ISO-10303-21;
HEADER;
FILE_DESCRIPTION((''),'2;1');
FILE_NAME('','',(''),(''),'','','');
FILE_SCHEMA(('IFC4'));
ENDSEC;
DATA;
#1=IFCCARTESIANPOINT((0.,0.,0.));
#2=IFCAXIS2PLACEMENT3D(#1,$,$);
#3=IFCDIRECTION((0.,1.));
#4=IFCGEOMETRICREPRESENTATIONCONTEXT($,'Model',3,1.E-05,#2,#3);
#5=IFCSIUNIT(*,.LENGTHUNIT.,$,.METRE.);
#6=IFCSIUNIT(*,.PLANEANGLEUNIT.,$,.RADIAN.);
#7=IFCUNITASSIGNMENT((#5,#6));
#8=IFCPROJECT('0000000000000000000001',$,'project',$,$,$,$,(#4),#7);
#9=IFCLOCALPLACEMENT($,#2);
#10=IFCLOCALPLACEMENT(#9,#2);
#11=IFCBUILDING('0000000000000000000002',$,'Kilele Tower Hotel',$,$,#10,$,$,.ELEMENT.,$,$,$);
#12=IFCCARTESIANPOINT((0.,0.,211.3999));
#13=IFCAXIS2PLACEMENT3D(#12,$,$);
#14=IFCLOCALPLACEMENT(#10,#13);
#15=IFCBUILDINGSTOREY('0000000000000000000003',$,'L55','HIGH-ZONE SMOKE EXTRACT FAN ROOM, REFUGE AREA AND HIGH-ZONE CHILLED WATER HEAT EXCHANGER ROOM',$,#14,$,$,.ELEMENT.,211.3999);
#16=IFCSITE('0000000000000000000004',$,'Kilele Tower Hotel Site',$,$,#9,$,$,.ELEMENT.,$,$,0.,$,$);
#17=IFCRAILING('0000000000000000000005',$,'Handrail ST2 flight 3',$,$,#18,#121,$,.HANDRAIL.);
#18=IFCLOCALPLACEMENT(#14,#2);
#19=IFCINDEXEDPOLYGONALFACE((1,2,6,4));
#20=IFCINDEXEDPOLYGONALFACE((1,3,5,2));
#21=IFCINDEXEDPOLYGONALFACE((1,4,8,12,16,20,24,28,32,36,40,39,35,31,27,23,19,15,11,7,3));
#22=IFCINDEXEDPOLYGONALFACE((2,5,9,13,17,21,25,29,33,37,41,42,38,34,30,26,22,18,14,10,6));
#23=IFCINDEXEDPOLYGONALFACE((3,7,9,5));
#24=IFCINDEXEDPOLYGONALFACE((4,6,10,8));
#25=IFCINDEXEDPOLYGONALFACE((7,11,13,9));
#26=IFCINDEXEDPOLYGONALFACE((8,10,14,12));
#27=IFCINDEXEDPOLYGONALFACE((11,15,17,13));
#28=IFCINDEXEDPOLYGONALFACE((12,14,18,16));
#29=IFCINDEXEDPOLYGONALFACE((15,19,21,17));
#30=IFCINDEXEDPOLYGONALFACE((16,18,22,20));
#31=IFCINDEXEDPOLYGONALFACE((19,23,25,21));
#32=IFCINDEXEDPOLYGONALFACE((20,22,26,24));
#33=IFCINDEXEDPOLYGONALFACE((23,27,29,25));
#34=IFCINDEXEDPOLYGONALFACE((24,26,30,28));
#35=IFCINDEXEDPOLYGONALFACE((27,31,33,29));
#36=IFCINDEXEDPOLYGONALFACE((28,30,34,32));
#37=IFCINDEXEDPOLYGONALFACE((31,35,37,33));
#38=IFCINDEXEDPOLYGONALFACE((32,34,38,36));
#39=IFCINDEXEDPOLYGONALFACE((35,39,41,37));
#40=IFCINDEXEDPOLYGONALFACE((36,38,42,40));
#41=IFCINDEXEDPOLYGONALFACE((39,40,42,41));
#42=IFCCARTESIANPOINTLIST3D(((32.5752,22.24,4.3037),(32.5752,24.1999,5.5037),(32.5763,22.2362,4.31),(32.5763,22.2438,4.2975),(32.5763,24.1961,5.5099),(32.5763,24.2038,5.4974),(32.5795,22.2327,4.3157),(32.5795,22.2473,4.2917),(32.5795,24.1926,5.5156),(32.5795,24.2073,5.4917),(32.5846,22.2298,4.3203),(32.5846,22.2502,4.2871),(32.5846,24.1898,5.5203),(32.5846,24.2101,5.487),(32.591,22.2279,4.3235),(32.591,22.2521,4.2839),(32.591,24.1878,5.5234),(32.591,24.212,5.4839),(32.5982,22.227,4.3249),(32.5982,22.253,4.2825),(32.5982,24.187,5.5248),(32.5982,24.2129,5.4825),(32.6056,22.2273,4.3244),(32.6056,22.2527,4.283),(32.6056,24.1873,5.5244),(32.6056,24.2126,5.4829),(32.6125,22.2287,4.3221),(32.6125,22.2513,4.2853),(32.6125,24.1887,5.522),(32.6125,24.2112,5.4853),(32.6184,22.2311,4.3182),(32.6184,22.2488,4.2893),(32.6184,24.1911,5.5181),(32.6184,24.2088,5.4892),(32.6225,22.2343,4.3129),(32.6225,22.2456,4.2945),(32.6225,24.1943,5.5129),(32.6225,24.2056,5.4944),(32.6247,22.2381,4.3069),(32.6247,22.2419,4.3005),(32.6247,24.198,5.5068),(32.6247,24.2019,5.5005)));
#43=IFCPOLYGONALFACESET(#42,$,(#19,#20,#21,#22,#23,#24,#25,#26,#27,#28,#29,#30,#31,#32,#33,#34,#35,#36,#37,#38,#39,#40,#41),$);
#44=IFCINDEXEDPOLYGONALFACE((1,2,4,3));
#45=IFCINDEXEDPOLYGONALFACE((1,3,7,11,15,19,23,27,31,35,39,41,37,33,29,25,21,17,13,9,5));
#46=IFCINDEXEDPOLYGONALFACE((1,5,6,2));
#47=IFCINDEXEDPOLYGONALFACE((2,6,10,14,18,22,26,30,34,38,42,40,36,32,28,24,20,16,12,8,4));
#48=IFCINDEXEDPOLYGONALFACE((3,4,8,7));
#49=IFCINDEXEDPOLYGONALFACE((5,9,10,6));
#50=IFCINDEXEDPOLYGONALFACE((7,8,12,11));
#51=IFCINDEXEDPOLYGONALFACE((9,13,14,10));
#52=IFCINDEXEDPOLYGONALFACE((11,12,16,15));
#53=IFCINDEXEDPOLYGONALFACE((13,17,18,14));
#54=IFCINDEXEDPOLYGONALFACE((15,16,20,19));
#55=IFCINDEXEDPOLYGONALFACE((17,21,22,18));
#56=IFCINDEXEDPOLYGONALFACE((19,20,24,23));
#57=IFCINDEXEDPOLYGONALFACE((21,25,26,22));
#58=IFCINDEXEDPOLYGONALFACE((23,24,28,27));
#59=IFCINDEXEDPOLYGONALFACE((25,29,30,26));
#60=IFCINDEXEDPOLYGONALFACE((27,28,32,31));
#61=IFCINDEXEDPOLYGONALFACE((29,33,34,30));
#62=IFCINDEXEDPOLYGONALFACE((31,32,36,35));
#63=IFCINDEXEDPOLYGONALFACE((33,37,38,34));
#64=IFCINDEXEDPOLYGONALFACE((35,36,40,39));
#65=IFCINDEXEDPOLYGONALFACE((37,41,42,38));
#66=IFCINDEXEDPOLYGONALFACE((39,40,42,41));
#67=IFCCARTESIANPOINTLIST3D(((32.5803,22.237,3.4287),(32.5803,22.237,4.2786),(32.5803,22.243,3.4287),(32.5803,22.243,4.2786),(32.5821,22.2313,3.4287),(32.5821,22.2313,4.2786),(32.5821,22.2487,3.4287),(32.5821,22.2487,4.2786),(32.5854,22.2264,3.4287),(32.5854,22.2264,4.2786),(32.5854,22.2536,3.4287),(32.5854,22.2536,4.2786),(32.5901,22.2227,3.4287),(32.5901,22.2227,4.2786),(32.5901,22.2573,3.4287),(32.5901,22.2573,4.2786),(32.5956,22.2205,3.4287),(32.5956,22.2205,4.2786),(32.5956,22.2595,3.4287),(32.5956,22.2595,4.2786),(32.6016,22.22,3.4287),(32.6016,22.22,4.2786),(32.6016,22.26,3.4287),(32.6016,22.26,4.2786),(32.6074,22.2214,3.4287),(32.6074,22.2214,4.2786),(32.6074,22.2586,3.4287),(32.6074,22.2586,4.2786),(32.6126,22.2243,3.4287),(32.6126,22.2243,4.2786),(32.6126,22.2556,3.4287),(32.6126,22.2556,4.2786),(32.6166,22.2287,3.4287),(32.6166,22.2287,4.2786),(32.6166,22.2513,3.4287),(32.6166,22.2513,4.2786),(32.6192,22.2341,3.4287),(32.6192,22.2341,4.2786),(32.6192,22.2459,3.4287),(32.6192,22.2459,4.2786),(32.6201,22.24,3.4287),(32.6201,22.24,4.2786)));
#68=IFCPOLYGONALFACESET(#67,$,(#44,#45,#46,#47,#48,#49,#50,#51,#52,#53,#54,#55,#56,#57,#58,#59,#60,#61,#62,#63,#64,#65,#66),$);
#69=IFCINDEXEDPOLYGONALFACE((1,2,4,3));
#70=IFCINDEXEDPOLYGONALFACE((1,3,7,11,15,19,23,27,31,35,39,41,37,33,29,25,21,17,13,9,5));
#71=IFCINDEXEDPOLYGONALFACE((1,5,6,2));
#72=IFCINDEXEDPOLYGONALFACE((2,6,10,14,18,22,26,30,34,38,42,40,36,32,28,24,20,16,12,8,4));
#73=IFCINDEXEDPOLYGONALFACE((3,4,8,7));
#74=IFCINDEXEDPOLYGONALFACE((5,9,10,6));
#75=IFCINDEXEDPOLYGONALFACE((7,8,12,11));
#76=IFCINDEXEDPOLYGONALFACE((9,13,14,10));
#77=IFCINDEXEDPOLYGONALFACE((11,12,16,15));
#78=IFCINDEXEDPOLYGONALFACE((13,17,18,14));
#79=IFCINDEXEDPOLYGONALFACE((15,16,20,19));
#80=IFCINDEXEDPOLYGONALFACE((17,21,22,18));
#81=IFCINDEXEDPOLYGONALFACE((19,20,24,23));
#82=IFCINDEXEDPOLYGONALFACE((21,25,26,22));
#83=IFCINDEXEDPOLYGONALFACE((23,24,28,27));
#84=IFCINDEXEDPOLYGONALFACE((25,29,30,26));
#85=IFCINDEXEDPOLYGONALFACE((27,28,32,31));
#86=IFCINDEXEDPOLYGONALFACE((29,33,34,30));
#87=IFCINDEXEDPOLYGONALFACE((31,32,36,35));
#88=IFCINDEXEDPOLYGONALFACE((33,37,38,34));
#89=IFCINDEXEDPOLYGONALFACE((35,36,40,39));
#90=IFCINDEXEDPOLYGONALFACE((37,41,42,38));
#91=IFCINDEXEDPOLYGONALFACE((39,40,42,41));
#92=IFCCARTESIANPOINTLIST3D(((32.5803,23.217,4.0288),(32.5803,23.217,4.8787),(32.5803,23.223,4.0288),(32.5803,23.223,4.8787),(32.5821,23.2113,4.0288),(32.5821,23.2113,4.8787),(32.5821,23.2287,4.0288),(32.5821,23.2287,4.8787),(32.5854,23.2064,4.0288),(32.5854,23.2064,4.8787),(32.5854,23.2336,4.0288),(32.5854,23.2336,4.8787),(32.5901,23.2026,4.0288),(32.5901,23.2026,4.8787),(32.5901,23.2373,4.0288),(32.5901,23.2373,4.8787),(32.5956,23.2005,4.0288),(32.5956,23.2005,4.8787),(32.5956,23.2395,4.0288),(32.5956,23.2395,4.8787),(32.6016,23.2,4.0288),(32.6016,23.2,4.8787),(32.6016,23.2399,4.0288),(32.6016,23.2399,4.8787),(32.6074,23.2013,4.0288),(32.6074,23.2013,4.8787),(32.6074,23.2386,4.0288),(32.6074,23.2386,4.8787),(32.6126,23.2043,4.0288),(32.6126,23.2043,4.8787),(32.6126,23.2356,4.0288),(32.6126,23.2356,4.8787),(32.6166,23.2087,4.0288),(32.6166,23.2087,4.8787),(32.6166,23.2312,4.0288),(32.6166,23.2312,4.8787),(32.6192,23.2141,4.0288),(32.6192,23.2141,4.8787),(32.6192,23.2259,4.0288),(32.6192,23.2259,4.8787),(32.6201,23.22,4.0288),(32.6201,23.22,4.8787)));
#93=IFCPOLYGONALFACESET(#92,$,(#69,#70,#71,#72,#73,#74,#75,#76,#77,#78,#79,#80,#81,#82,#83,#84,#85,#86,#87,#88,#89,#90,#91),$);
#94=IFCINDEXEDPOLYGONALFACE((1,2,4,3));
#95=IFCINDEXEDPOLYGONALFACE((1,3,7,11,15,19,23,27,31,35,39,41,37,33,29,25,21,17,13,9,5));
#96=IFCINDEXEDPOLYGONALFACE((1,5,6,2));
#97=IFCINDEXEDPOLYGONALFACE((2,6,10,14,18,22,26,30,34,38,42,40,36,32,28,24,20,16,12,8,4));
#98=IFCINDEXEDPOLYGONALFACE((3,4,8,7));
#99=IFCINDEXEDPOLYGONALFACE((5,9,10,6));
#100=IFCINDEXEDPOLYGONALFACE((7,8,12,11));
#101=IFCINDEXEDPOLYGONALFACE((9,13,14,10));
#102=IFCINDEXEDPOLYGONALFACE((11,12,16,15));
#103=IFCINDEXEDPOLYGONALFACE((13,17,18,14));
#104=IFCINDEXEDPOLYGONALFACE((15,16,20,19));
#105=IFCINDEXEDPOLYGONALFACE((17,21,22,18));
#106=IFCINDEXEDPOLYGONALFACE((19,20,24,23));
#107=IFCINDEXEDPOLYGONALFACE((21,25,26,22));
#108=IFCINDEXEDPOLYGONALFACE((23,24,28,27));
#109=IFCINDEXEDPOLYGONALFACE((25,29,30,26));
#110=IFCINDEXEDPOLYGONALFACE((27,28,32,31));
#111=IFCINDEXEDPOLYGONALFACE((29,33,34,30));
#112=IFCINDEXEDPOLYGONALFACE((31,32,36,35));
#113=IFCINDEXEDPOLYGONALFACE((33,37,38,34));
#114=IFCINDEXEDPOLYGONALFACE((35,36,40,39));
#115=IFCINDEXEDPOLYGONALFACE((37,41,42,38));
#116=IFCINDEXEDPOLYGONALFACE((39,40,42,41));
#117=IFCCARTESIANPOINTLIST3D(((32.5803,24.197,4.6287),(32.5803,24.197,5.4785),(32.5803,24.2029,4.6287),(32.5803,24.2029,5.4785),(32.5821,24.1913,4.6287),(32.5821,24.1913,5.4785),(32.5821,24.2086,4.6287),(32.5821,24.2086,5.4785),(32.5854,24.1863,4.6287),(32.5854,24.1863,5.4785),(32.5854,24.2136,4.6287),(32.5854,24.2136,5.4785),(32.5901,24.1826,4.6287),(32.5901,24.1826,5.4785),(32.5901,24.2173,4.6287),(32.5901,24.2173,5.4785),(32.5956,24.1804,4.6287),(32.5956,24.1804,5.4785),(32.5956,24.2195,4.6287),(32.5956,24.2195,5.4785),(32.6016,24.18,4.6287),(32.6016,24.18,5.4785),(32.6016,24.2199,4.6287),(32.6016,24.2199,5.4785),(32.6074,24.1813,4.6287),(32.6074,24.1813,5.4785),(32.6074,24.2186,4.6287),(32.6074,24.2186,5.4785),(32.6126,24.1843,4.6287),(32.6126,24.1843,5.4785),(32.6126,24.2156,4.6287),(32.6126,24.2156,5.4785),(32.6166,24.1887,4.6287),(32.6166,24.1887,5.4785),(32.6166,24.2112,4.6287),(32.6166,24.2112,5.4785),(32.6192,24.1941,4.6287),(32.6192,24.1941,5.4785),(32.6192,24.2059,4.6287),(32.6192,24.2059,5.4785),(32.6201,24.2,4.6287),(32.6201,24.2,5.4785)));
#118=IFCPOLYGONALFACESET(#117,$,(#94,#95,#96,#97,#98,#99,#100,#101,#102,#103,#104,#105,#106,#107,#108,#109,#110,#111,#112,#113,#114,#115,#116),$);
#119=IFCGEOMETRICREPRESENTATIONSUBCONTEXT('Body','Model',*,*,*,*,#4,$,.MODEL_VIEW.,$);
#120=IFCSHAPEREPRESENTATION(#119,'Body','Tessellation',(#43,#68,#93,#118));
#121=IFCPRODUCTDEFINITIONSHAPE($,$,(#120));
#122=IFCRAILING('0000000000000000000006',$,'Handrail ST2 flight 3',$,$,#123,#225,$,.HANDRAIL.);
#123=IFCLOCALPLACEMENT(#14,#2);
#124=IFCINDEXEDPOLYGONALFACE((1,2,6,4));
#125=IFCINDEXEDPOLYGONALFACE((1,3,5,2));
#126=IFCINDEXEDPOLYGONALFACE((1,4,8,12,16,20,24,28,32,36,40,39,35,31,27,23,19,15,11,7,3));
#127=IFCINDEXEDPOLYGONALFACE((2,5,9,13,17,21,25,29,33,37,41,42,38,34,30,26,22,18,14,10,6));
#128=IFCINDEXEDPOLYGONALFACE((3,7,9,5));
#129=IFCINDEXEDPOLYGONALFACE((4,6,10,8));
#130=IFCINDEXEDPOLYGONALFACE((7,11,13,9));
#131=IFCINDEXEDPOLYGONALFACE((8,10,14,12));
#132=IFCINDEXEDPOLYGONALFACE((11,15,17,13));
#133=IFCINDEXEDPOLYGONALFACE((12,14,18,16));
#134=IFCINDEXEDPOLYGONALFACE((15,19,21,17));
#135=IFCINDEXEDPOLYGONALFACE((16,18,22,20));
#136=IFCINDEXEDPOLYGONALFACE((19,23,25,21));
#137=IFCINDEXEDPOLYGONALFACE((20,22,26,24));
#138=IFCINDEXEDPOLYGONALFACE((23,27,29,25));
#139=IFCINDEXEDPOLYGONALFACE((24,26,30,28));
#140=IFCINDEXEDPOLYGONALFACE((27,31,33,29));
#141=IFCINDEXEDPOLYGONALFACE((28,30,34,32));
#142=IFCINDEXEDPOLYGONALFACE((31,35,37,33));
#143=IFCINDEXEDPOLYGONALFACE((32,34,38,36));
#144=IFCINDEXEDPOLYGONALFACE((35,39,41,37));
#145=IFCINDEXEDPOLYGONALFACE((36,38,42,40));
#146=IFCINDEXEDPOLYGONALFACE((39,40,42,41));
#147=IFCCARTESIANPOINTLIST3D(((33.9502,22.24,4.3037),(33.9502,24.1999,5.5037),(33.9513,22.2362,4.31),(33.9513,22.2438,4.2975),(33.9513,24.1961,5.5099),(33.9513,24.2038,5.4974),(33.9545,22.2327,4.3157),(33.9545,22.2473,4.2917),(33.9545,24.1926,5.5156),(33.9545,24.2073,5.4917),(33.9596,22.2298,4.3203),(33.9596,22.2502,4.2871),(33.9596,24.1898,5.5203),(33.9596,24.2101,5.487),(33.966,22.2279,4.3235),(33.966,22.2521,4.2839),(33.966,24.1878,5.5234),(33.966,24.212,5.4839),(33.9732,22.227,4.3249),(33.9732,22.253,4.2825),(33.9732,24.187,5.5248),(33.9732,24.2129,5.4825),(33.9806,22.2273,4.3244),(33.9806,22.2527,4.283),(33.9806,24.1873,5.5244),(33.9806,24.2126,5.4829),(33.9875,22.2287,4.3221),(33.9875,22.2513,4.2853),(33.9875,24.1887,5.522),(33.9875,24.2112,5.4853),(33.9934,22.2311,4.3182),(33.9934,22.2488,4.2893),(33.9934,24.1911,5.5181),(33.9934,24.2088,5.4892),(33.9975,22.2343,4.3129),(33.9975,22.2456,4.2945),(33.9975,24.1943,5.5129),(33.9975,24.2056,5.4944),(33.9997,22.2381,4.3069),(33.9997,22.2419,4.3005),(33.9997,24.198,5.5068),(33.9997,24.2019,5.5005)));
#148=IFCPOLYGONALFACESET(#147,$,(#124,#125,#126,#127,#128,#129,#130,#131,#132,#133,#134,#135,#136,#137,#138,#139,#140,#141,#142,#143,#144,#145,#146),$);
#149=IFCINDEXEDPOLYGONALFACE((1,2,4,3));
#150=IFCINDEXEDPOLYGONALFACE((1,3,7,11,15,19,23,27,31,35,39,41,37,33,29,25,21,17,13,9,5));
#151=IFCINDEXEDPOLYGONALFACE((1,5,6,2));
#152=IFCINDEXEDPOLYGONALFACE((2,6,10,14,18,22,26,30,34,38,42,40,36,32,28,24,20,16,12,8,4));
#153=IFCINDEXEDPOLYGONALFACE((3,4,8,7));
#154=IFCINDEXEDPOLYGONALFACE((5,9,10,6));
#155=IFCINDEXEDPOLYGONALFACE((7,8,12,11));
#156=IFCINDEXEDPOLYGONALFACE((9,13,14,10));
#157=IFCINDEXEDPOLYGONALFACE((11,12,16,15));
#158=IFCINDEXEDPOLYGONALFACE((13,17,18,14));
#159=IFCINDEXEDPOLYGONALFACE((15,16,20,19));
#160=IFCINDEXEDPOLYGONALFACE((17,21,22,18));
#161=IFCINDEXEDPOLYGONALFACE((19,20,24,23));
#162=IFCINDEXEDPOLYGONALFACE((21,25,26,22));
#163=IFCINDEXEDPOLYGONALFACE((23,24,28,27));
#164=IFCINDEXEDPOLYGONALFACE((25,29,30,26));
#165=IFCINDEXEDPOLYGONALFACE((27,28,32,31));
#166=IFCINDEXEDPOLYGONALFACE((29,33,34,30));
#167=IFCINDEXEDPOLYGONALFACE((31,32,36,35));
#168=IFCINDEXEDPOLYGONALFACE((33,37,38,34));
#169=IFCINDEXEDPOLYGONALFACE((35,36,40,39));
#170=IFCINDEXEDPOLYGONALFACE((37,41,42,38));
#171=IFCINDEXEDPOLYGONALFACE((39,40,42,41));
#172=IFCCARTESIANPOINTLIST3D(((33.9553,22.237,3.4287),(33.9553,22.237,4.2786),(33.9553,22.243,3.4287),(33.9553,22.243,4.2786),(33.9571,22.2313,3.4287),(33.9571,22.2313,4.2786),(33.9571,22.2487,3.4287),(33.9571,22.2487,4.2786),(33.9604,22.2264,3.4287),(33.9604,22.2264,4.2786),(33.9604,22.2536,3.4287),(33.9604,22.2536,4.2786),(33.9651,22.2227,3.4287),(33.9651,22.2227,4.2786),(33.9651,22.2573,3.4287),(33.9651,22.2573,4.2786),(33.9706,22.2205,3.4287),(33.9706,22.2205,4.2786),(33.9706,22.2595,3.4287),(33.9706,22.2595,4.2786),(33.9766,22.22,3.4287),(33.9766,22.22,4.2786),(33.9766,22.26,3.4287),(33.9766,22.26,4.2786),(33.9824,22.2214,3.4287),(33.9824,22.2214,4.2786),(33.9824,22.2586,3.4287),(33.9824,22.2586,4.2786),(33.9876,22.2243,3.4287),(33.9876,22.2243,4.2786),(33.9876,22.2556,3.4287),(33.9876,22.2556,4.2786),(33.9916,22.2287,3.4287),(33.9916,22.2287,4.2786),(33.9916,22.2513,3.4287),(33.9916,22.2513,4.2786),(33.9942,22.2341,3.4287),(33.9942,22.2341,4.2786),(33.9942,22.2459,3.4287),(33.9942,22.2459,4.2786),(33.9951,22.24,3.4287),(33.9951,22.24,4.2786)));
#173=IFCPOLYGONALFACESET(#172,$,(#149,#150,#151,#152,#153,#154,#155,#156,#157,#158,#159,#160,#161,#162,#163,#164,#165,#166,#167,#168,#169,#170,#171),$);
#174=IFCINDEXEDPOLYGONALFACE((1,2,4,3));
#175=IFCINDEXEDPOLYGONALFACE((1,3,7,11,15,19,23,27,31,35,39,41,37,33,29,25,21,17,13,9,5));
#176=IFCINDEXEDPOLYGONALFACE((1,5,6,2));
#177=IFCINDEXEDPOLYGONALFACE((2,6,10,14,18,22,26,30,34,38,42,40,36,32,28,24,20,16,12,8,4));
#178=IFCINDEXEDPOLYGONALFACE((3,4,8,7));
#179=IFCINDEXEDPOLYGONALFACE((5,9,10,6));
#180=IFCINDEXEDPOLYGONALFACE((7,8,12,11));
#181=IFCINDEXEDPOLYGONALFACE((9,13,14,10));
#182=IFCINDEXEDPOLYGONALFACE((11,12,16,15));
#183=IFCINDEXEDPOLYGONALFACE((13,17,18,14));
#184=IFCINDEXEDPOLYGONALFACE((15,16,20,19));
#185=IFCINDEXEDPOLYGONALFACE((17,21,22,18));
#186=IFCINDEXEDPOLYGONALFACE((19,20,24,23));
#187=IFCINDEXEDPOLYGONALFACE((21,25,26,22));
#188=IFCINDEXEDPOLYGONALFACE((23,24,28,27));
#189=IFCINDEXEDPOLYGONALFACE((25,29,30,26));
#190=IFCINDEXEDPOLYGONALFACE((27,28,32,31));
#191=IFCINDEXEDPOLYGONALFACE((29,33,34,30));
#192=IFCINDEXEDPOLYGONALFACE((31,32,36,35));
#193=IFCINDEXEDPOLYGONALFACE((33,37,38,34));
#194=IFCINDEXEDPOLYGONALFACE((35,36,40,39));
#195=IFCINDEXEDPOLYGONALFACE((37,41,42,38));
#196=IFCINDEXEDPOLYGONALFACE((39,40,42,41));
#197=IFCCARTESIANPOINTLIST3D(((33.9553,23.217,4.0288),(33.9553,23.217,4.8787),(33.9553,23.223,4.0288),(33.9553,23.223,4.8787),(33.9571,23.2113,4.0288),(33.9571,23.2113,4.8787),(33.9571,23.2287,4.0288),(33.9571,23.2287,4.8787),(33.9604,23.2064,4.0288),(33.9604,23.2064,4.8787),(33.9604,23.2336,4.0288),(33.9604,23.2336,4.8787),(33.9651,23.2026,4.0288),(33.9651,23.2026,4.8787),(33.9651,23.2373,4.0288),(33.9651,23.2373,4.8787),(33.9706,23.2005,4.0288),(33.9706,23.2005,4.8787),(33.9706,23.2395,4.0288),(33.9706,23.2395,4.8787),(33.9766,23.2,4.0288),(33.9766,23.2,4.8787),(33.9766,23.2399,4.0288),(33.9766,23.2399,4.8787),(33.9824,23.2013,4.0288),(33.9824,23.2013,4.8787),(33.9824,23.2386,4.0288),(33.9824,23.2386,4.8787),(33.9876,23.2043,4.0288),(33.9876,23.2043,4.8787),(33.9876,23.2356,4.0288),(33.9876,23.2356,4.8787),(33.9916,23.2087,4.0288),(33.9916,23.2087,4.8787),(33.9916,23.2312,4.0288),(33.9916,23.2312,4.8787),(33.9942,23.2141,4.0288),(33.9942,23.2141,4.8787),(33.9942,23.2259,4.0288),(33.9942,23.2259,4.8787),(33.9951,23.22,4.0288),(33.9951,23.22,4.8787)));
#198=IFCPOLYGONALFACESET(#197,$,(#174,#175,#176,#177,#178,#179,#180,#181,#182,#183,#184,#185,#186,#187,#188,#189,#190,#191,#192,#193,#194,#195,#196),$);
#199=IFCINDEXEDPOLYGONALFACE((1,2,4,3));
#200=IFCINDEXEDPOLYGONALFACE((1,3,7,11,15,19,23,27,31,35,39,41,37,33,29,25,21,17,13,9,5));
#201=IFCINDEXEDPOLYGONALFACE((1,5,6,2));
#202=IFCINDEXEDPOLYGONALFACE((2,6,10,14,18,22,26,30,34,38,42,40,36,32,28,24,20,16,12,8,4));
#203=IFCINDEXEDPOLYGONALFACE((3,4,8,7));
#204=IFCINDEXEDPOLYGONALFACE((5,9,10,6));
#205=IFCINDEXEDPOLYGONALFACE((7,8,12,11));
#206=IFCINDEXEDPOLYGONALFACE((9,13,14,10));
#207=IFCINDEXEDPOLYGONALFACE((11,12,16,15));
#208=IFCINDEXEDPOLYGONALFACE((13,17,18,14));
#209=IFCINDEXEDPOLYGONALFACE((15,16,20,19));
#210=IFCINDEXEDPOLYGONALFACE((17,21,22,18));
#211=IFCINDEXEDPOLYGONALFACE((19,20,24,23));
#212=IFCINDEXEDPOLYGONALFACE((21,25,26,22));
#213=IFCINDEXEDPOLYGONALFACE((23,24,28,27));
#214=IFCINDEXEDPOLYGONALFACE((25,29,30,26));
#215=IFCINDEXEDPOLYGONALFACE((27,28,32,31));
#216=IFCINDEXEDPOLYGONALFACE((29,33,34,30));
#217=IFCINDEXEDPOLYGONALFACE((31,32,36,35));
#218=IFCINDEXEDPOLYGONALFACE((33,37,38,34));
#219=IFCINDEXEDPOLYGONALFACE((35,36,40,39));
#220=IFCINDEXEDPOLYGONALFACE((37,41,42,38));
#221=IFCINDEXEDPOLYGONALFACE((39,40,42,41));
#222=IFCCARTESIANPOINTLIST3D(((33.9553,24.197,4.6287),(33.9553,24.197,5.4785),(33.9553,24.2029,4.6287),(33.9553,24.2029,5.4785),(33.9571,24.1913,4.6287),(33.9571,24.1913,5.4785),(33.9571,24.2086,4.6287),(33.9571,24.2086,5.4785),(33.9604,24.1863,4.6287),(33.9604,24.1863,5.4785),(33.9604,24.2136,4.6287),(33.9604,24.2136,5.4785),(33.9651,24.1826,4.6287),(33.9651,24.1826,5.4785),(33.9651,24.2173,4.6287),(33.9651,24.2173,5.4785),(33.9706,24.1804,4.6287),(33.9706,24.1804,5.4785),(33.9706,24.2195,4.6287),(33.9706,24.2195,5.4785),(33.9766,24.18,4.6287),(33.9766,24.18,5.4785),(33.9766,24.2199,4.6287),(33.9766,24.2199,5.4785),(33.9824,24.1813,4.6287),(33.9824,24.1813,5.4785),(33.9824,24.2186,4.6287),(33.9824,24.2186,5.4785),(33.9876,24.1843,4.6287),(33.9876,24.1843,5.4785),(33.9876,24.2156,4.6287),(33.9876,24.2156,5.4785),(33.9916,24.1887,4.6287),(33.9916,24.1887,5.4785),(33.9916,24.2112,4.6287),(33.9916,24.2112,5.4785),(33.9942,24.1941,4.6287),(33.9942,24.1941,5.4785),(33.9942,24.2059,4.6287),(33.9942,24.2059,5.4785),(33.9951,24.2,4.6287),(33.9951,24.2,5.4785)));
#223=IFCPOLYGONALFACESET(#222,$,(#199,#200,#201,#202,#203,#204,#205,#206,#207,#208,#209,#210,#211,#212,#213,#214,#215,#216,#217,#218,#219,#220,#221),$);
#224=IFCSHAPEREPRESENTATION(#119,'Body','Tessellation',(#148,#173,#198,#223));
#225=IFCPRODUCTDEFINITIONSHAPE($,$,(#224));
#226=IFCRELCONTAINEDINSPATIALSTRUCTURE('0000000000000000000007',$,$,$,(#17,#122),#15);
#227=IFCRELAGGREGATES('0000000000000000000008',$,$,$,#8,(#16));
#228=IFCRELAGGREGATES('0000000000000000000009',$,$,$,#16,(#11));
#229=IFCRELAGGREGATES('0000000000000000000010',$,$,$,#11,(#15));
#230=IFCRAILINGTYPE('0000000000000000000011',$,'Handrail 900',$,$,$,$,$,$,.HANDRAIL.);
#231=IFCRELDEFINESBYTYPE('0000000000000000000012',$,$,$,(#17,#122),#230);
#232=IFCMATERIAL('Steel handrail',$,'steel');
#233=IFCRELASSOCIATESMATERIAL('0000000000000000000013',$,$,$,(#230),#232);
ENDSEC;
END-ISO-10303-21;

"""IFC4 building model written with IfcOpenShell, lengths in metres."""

from ifc_helpers import new_model, si_unit, direction, frame, origin, origin_2d, place, context, subcontext, project, spatial, circle, extrude, material, type_object, element, save


model = new_model("IFC4")

# Units and contexts
model_context = context("Model", 3, precision=1e-05, world=origin(), true_north=direction((0.0, 1.0)))
body_context = subcontext(model_context, "Body", "Model", "MODEL_VIEW")
ifc_project = project(units=[si_unit("LENGTHUNIT", "METRE"), si_unit("PLANEANGLEUNIT", "RADIAN")], contexts=[model_context])

# Site, building, storey
site_placement = place(None, origin())
site = spatial("IfcSite", under=ifc_project, at=site_placement, Name="Kilele Tower Hotel Site", CompositionType="ELEMENT", RefElevation=0.0)
building_placement = place(site_placement, origin())
building = spatial("IfcBuilding", under=site, at=building_placement, Name="Kilele Tower Hotel", CompositionType="ELEMENT")
storey_placement = place(building_placement, frame((0.0, 0.0, 211.3999)))
storey = spatial("IfcBuildingStorey", under=building, at=storey_placement, Name="L55", Description="HIGH-ZONE SMOKE EXTRACT FAN ROOM, REFUGE AREA AND HIGH-ZONE CHILLED WATER HEAT EXCHANGER ROOM", CompositionType="ELEMENT", Elevation=211.3999)

# Railings
ifc_material_1 = material(Name="Steel handrail", Category="steel")
railing_type_1 = type_object("IfcRailingType", Name="Handrail 900", PredefinedType="HANDRAIL", material=ifc_material_1)
for number, where, name in (
    (1, (32.6001, 22.24, 3.4287), "Handrail ST2 flight 3"),
    (2, (33.9751, 22.24, 3.4287), "Handrail ST2 flight 3"),
):
    element("IfcRailing", number, at=place(storey_placement, frame(where)), inside=storey, type_object=railing_type_1, Name=name, PredefinedType="HANDRAIL", context=body_context, shape_type="SweptSolid", body=[
        extrude(circle(Radius=0.0249, at=origin_2d()), frame((0.0, 0.0, 0.875), z_axis=(0.0, 0.852856, 0.522146), x_axis=(-1.0, 0.0, 0.0)), (0.0, 0.0, 1.0), 2.2981),
        extrude(circle(Radius=0.02, at=origin_2d()), origin(), (0.0, 0.0, 1.0), 0.8499),
        extrude(circle(Radius=0.02, at=origin_2d()), frame((0.0, 0.98, 0.6001)), (0.0, 0.0, 1.0), 0.8499),
        extrude(circle(Radius=0.02, at=origin_2d()), frame((0.0, 1.96, 1.2)), (0.0, 0.0, 1.0), 0.8499),
    ])

save(model, "model.ifc")
